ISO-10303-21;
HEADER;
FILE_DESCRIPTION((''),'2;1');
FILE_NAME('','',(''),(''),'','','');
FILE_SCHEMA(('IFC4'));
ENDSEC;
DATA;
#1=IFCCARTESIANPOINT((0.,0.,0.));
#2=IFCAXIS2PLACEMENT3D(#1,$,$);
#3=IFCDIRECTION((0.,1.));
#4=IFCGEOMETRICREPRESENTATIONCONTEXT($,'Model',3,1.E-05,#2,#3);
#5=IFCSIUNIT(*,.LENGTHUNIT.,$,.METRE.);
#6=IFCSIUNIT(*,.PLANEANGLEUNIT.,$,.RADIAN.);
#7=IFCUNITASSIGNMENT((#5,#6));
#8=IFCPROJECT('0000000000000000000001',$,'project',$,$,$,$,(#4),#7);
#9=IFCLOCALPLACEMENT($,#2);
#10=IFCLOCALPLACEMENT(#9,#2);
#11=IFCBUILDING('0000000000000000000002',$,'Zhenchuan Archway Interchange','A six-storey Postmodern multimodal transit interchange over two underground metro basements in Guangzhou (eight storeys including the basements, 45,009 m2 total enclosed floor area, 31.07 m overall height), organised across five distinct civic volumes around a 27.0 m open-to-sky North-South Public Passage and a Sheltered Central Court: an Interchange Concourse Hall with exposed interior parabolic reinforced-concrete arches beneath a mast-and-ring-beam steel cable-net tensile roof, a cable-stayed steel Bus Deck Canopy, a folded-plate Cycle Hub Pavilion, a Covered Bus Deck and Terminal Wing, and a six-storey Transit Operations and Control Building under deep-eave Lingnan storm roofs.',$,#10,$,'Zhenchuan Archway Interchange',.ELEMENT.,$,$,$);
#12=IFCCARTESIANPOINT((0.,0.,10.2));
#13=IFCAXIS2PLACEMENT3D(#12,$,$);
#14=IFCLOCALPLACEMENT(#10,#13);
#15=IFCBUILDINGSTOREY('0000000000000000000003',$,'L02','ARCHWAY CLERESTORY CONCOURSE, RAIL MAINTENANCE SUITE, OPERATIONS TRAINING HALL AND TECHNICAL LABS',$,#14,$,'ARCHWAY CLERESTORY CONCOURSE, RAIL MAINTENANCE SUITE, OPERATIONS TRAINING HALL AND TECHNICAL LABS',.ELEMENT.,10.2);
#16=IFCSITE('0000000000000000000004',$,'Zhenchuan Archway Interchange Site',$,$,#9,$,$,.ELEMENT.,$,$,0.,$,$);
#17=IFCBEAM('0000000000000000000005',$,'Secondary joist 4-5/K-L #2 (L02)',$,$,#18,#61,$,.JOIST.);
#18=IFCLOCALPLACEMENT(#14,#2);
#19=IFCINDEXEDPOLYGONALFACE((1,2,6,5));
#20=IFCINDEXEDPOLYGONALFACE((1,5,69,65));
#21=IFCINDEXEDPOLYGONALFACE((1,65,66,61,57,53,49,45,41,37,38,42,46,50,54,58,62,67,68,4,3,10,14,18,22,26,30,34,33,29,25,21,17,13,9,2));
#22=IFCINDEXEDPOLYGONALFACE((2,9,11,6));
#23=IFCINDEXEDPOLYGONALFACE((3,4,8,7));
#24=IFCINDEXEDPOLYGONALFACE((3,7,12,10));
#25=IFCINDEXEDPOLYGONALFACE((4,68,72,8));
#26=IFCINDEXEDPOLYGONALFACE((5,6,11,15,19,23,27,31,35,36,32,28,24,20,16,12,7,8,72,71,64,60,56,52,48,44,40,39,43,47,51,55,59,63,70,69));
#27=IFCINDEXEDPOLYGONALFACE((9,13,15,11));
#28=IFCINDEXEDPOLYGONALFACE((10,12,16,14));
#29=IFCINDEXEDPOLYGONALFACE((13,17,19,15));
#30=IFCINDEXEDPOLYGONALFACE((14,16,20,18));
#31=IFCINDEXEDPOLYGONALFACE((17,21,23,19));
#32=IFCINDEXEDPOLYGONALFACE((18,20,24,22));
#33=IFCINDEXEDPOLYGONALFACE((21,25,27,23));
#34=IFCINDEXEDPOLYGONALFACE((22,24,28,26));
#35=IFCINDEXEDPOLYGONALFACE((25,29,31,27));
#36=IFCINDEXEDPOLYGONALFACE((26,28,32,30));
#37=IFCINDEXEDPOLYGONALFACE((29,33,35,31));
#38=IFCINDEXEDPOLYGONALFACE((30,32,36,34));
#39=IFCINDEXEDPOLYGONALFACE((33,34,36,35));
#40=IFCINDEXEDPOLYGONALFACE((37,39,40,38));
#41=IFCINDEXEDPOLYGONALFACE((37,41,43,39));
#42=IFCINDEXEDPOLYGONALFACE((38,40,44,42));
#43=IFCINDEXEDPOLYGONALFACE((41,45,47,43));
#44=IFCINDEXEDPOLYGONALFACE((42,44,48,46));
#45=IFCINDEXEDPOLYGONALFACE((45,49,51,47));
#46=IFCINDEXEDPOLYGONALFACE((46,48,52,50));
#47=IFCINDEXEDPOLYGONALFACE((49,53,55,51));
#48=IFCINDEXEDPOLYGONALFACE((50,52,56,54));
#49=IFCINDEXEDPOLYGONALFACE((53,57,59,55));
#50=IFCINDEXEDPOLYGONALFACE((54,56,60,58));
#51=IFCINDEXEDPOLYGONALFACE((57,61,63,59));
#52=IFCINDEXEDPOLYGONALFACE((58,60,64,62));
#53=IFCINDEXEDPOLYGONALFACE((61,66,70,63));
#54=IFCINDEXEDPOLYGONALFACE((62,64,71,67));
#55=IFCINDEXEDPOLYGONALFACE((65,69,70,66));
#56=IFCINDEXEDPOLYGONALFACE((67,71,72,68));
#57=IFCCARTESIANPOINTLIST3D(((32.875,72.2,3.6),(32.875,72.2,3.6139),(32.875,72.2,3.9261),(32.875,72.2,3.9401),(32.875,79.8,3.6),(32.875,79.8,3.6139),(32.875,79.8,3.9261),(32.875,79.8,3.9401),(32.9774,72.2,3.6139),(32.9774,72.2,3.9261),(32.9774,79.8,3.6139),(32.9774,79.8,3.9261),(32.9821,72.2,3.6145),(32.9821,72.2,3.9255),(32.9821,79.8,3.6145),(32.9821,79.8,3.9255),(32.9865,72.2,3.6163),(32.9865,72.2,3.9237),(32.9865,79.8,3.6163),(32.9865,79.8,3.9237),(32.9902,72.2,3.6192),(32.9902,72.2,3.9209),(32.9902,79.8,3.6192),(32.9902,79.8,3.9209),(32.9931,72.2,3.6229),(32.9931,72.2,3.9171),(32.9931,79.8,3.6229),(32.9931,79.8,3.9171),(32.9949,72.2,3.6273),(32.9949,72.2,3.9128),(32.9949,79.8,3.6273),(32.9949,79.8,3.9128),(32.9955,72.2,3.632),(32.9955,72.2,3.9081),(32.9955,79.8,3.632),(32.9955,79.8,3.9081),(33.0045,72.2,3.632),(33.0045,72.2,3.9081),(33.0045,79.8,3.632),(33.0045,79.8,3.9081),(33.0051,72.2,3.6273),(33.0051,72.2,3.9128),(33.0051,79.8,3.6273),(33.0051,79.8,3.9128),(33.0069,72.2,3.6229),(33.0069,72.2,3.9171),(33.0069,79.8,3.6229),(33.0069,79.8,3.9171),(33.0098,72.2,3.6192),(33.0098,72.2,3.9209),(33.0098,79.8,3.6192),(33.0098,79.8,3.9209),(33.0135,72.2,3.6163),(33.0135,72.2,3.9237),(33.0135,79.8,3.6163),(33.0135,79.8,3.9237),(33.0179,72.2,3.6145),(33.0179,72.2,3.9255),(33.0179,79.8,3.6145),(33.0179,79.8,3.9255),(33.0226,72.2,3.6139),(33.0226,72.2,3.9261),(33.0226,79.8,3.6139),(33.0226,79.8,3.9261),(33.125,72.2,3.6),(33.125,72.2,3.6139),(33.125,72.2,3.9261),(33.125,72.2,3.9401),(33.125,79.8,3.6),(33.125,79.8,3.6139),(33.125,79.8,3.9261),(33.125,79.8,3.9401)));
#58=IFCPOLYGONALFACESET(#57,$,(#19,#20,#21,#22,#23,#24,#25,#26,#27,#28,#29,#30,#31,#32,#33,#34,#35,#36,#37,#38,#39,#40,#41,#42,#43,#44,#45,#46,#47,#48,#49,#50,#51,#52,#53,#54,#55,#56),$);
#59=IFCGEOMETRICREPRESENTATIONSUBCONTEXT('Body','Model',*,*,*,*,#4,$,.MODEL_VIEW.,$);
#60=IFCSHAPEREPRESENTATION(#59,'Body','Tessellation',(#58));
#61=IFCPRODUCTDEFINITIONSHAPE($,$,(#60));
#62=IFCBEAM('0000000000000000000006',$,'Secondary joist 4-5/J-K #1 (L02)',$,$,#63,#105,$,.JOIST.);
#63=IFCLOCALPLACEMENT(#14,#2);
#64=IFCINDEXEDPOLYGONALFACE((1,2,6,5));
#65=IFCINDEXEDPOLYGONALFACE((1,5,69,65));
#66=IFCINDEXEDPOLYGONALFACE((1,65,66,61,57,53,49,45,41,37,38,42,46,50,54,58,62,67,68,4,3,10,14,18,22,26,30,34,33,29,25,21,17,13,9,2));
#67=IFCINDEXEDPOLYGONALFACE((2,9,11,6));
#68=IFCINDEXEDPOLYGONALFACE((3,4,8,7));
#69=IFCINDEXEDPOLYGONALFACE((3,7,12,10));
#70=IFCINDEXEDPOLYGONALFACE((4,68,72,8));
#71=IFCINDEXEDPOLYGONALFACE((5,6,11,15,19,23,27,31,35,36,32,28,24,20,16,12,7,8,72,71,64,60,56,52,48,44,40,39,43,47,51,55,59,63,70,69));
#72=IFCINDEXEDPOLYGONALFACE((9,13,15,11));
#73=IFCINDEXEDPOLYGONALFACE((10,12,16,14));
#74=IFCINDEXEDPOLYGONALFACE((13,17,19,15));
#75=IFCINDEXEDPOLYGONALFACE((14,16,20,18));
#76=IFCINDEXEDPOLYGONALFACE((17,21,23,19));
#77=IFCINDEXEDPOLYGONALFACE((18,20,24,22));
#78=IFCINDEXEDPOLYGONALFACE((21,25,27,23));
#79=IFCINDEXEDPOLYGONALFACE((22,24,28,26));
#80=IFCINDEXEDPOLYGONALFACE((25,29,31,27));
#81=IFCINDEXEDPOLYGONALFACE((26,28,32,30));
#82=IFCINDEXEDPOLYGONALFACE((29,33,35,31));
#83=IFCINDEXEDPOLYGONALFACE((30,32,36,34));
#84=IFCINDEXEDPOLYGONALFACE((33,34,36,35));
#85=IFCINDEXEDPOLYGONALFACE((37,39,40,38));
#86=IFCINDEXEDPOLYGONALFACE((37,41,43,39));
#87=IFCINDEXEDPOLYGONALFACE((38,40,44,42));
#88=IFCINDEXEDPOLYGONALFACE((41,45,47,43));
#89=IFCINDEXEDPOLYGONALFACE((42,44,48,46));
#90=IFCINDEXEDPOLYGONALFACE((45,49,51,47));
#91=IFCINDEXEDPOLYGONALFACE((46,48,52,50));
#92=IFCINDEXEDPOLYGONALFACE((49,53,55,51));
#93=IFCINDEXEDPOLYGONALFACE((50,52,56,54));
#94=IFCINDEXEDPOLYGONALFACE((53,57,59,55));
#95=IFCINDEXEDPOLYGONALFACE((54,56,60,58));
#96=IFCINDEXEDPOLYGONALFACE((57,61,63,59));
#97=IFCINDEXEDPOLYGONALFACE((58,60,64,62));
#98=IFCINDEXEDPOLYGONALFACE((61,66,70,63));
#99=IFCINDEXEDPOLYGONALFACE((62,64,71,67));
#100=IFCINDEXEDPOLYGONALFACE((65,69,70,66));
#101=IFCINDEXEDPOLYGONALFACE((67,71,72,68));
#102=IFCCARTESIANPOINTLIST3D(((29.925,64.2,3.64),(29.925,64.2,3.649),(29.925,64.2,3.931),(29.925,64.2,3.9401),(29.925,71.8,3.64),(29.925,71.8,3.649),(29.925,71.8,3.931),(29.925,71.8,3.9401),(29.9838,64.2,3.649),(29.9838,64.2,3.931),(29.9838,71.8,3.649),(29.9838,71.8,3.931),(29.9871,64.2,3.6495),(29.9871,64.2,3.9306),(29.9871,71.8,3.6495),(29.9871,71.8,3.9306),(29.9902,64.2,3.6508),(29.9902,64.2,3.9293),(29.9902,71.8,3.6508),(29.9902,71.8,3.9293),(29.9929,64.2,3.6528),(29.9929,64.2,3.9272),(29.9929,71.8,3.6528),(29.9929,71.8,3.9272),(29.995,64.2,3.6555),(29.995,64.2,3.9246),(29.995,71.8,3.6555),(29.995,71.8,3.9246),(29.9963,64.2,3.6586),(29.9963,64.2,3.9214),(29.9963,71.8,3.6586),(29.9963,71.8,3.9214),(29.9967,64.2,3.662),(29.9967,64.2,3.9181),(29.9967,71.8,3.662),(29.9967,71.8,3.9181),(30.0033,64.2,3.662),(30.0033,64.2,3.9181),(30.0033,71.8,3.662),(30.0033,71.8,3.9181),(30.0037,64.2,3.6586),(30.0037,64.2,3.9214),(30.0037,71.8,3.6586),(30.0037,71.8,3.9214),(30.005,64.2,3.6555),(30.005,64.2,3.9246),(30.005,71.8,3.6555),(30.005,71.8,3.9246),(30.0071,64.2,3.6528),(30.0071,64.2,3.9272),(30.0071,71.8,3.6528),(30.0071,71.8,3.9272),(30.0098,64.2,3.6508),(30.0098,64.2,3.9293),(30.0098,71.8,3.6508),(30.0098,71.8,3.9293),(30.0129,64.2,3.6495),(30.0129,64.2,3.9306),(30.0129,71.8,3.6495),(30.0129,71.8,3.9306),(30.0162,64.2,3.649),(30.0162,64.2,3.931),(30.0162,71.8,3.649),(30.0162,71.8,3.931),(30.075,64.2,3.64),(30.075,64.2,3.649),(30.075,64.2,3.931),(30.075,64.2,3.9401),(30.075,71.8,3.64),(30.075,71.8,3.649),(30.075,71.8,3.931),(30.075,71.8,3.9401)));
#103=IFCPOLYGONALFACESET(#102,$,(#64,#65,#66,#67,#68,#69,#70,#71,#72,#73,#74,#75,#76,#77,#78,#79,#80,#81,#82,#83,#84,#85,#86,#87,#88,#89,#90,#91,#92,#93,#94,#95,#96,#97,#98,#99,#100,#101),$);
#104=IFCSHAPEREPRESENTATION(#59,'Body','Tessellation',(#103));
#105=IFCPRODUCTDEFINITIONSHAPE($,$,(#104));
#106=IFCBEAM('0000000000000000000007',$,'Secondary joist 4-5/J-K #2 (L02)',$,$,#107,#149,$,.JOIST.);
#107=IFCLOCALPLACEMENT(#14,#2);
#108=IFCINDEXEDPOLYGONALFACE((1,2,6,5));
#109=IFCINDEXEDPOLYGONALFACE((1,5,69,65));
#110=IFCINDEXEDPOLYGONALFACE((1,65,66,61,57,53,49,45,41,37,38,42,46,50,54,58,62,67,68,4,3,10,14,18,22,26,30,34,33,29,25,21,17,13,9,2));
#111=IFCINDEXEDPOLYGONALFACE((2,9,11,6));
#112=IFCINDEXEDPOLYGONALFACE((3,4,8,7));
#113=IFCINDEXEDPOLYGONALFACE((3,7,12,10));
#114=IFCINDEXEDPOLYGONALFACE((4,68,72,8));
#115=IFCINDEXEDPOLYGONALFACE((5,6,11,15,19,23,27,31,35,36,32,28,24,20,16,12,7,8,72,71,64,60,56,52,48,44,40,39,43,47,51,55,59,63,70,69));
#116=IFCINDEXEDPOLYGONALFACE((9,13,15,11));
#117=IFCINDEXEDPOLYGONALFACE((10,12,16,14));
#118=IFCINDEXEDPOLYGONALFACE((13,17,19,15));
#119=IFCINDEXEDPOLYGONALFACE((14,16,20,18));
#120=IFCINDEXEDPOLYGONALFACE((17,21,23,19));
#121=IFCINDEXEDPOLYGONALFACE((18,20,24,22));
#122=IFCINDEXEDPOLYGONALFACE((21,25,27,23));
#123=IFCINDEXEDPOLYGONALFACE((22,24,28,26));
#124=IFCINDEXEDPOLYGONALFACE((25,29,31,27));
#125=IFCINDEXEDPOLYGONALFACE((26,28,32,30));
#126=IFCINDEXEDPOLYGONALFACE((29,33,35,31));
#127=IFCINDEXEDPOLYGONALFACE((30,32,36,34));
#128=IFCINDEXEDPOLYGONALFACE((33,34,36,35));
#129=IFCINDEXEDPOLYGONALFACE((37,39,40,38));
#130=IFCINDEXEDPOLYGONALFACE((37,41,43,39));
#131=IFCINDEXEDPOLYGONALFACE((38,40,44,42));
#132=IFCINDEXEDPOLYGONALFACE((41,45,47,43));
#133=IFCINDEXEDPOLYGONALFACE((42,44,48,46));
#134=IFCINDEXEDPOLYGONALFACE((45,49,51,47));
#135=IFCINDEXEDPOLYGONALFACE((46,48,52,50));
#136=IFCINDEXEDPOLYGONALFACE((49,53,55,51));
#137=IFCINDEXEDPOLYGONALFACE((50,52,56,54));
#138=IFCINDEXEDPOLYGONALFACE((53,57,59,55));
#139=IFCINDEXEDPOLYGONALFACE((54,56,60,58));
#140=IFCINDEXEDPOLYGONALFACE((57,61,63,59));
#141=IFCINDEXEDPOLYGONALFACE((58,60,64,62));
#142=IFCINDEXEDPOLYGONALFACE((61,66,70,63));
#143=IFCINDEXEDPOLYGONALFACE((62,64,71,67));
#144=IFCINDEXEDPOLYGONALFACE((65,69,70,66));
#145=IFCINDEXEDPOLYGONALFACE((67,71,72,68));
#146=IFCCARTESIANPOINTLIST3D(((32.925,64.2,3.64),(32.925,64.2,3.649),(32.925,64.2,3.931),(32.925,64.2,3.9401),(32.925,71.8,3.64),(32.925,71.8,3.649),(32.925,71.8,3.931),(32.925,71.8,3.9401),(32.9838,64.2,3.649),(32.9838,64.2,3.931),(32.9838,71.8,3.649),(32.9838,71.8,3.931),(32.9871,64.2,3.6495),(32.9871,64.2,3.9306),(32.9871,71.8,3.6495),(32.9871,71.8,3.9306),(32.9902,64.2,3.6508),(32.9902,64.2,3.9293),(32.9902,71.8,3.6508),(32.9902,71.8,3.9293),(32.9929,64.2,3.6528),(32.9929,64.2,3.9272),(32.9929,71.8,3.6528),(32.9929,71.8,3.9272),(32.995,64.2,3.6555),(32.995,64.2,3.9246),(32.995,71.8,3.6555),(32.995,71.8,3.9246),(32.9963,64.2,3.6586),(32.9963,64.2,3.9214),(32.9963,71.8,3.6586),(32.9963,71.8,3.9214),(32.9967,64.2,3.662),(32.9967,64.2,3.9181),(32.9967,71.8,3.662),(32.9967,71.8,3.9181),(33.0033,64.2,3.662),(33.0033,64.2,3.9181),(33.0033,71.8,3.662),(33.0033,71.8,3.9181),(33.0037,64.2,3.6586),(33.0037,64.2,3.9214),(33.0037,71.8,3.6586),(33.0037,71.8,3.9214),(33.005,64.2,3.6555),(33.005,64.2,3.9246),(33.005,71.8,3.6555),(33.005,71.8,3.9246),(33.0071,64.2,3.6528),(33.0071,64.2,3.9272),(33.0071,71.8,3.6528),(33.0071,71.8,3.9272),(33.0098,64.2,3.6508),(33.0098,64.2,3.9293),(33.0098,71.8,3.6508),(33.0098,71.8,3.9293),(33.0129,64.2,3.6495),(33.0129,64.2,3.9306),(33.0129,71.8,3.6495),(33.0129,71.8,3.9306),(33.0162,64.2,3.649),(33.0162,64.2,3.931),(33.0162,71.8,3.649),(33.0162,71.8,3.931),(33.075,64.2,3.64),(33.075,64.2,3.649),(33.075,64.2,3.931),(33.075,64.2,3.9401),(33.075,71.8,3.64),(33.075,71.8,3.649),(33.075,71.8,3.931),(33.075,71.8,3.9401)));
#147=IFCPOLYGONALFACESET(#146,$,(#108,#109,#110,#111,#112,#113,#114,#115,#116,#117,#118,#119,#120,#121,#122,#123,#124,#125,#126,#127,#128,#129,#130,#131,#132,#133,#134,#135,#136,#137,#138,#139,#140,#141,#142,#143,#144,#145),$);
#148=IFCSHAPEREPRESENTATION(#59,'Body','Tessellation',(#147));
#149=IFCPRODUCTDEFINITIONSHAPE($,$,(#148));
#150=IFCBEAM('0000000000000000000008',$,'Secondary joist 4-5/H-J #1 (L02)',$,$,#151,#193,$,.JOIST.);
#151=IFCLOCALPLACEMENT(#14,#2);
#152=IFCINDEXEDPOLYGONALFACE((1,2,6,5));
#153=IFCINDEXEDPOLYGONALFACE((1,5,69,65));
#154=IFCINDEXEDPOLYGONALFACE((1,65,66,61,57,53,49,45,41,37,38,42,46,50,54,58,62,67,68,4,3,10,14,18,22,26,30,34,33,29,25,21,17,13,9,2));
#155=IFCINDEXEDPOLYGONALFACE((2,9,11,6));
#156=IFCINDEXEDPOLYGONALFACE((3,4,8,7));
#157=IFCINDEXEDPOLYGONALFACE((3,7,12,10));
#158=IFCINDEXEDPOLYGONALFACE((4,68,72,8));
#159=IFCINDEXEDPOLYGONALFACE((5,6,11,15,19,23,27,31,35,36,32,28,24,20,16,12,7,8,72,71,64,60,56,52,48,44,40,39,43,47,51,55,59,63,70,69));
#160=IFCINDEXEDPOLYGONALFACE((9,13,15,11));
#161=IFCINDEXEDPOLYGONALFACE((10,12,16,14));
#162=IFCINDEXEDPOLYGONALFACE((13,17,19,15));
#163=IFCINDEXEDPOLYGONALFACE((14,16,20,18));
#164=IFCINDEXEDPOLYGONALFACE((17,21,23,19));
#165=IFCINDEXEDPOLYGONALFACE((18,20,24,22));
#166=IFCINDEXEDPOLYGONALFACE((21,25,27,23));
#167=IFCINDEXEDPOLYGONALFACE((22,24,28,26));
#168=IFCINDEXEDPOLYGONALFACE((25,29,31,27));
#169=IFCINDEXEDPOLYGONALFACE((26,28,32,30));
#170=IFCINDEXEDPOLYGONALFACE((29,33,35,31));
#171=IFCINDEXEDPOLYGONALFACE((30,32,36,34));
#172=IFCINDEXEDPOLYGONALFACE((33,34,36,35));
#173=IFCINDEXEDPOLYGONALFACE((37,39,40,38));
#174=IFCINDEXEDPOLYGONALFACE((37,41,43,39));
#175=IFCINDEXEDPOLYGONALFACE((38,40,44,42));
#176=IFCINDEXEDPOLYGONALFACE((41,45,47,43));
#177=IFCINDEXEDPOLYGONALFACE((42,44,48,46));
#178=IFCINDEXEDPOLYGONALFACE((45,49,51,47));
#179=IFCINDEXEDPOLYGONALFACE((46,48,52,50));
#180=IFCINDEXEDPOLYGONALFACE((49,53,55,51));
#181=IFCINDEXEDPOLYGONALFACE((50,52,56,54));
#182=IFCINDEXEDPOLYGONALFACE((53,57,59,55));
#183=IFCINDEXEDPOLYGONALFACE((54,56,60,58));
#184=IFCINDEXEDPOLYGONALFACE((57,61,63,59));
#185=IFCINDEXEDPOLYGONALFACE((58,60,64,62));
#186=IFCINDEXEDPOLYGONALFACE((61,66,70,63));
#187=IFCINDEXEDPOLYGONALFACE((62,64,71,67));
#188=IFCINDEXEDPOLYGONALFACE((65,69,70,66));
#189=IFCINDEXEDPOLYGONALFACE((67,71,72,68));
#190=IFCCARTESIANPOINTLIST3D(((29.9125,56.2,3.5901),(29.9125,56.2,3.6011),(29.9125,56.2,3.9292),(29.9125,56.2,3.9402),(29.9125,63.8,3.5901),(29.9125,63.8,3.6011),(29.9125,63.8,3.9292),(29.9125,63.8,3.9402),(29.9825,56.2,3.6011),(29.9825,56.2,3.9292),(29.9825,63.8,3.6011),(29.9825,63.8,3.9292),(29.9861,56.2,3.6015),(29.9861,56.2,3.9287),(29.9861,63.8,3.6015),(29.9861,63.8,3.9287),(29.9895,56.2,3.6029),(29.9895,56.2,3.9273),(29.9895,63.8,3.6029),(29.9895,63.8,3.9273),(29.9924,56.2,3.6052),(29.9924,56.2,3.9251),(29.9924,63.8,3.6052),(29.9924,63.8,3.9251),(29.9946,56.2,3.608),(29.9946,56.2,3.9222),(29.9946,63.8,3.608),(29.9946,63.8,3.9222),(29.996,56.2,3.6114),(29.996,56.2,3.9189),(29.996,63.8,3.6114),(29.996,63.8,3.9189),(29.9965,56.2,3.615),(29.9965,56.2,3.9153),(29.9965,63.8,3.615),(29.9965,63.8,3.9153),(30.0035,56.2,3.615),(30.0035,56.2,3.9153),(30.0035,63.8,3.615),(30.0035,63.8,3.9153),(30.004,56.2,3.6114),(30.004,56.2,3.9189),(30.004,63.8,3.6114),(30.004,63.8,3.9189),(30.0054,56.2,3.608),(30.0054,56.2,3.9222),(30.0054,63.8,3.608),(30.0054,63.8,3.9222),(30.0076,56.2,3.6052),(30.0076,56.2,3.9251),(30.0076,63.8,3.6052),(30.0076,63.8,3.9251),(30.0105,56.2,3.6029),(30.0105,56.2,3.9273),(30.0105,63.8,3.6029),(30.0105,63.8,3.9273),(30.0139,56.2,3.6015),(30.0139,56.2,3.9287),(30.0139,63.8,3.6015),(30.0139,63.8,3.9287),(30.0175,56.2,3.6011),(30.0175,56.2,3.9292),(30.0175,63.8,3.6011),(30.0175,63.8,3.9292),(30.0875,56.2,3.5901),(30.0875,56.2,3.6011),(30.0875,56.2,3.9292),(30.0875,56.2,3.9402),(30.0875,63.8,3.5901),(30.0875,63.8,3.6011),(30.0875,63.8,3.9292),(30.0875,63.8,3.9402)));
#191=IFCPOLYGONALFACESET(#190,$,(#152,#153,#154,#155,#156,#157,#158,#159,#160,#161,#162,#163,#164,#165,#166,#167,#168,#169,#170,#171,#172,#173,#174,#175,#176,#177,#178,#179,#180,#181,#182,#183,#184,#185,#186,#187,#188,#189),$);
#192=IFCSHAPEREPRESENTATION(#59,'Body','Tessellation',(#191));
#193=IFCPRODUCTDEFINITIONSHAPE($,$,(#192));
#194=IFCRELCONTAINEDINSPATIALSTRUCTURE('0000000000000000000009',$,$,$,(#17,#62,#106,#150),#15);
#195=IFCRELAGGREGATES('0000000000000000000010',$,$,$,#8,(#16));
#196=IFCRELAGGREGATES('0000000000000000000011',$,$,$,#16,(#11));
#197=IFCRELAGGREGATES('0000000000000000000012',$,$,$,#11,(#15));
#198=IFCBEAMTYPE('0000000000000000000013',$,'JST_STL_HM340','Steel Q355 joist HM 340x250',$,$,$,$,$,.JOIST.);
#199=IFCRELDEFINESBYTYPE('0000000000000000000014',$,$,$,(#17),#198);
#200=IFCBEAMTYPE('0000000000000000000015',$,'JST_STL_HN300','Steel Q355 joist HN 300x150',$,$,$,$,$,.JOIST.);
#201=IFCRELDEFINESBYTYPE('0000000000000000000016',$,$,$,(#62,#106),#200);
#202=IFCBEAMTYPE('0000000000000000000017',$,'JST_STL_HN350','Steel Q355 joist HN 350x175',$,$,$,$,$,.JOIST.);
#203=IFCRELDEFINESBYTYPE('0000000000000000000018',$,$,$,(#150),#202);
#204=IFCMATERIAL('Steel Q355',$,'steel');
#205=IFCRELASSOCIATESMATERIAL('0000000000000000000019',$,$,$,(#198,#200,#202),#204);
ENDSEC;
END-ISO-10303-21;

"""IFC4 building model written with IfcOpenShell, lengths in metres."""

from ifc_helpers import new_model, si_unit, direction, frame, origin, origin_2d, place, context, subcontext, project, spatial, i_section, extrude, material, material_profile, profile_set, type_object, element, save


model = new_model("IFC4")

# Units and contexts
model_context = context("Model", 3, precision=1e-05, world=origin(), true_north=direction((0.0, 1.0)))
body_context = subcontext(model_context, "Body", "Model", "MODEL_VIEW")
ifc_project = project(units=[si_unit("LENGTHUNIT", "METRE"), si_unit("PLANEANGLEUNIT", "RADIAN")], contexts=[model_context])

# Site, building, storey
site_placement = place(None, origin())
site = spatial("IfcSite", under=ifc_project, at=site_placement, Name="Zhenchuan Archway Interchange Site", CompositionType="ELEMENT", RefElevation=0.0)
building_placement = place(site_placement, origin())
building = spatial("IfcBuilding", under=site, at=building_placement, Name="Zhenchuan Archway Interchange", Description="A six-storey Postmodern multimodal transit interchange over two underground metro basements in Guangzhou (eight storeys including the basements, 45,009 m2 total enclosed floor area, 31.07 m overall height), organised across five distinct civic volumes around a 27.0 m open-to-sky North-South Public Passage and a Sheltered Central Court: an Interchange Concourse Hall with exposed interior parabolic reinforced-concrete arches beneath a mast-and-ring-beam steel cable-net tensile roof, a cable-stayed steel Bus Deck Canopy, a folded-plate Cycle Hub Pavilion, a Covered Bus Deck and Terminal Wing, and a six-storey Transit Operations and Control Building under deep-eave Lingnan storm roofs.", LongName="Zhenchuan Archway Interchange", CompositionType="ELEMENT")
storey_placement = place(building_placement, frame((0.0, 0.0, 10.2)))
storey = spatial("IfcBuildingStorey", under=building, at=storey_placement, Name="L02", Description="ARCHWAY CLERESTORY CONCOURSE, RAIL MAINTENANCE SUITE, OPERATIONS TRAINING HALL AND TECHNICAL LABS", LongName="ARCHWAY CLERESTORY CONCOURSE, RAIL MAINTENANCE SUITE, OPERATIONS TRAINING HALL AND TECHNICAL LABS", CompositionType="ELEMENT", Elevation=10.2)

# Beams
ifc_material_1 = material(Name="Steel Q355", Category="steel")
ifc_material_profile_1 = material_profile(ifc_material_1, i_section(OverallWidth=0.25, OverallDepth=0.3401, WebThickness=0.009, FlangeThickness=0.0139, FilletRadius=0.0181, at=origin_2d()), Name="HM 340x250")
ifc_profile_set_1 = profile_set([ifc_material_profile_1], Name="Steel Q355")
beam_type_1 = type_object("IfcBeamType", Name="JST_STL_HM340", Description="Steel Q355 joist HM 340x250", PredefinedType="JOIST", material=ifc_profile_set_1)
for number, where, z_axis, x_axis, name in (
    (1, (33.0, 72.2, 3.77), (0.0, 1.0, 0.0), (-1.0, 0.0, 0.0), "Secondary joist 4-5/K-L #2 (L02)"),
):
    element("IfcBeam", number, at=place(storey_placement, frame(where, z_axis=z_axis, x_axis=x_axis)), inside=storey, type_object=beam_type_1, Name=name, PredefinedType="JOIST", context=body_context, shape_type="SweptSolid", body=[
        extrude(i_section(OverallWidth=0.25, OverallDepth=0.3401, WebThickness=0.009, FlangeThickness=0.0139, FilletRadius=0.0181, at=origin_2d()), origin(), (0.0, 0.0, 1.0), 7.6001),
    ])
ifc_material_profile_2 = material_profile(ifc_material_1, i_section(OverallWidth=0.1499, OverallDepth=0.3, WebThickness=0.0066, FlangeThickness=0.009, FilletRadius=0.0129, at=origin_2d()), Name="HN 300x150")
ifc_profile_set_2 = profile_set([ifc_material_profile_2], Name="Steel Q355")
beam_type_2 = type_object("IfcBeamType", Name="JST_STL_HN300", Description="Steel Q355 joist HN 300x150", PredefinedType="JOIST", material=ifc_profile_set_2)
for number, where, z_axis, x_axis, name in (
    (2, (30.0, 64.2, 3.79), (0.0, 1.0, 0.0), (-1.0, 0.0, 0.0), "Secondary joist 4-5/J-K #1 (L02)"),
    (3, (33.0, 64.2, 3.79), (0.0, 1.0, 0.0), (-1.0, 0.0, 0.0), "Secondary joist 4-5/J-K #2 (L02)"),
):
    element("IfcBeam", number, at=place(storey_placement, frame(where, z_axis=z_axis, x_axis=x_axis)), inside=storey, type_object=beam_type_2, Name=name, PredefinedType="JOIST", context=body_context, shape_type="SweptSolid", body=[
        extrude(i_section(OverallWidth=0.1499, OverallDepth=0.3, WebThickness=0.0066, FlangeThickness=0.009, FilletRadius=0.0129, at=origin_2d()), origin(), (0.0, 0.0, 1.0), 7.6001),
    ])
ifc_material_profile_3 = material_profile(ifc_material_1, i_section(OverallWidth=0.175, OverallDepth=0.3501, WebThickness=0.0071, FlangeThickness=0.011, FilletRadius=0.0139, at=origin_2d()), Name="HN 350x175")
ifc_profile_set_3 = profile_set([ifc_material_profile_3], Name="Steel Q355")
beam_type_3 = type_object("IfcBeamType", Name="JST_STL_HN350", Description="Steel Q355 joist HN 350x175", PredefinedType="JOIST", material=ifc_profile_set_3)
for number, where, z_axis, x_axis, name in (
    (4, (30.0, 56.2, 3.7651), (0.0, 1.0, 0.0), (-1.0, 0.0, 0.0), "Secondary joist 4-5/H-J #1 (L02)"),
):
    element("IfcBeam", number, at=place(storey_placement, frame(where, z_axis=z_axis, x_axis=x_axis)), inside=storey, type_object=beam_type_3, Name=name, PredefinedType="JOIST", context=body_context, shape_type="SweptSolid", body=[
        extrude(i_section(OverallWidth=0.175, OverallDepth=0.3501, WebThickness=0.0071, FlangeThickness=0.011, FilletRadius=0.0139, at=origin_2d()), origin(), (0.0, 0.0, 1.0), 7.6001),
    ])

save(model, "model.ifc")
